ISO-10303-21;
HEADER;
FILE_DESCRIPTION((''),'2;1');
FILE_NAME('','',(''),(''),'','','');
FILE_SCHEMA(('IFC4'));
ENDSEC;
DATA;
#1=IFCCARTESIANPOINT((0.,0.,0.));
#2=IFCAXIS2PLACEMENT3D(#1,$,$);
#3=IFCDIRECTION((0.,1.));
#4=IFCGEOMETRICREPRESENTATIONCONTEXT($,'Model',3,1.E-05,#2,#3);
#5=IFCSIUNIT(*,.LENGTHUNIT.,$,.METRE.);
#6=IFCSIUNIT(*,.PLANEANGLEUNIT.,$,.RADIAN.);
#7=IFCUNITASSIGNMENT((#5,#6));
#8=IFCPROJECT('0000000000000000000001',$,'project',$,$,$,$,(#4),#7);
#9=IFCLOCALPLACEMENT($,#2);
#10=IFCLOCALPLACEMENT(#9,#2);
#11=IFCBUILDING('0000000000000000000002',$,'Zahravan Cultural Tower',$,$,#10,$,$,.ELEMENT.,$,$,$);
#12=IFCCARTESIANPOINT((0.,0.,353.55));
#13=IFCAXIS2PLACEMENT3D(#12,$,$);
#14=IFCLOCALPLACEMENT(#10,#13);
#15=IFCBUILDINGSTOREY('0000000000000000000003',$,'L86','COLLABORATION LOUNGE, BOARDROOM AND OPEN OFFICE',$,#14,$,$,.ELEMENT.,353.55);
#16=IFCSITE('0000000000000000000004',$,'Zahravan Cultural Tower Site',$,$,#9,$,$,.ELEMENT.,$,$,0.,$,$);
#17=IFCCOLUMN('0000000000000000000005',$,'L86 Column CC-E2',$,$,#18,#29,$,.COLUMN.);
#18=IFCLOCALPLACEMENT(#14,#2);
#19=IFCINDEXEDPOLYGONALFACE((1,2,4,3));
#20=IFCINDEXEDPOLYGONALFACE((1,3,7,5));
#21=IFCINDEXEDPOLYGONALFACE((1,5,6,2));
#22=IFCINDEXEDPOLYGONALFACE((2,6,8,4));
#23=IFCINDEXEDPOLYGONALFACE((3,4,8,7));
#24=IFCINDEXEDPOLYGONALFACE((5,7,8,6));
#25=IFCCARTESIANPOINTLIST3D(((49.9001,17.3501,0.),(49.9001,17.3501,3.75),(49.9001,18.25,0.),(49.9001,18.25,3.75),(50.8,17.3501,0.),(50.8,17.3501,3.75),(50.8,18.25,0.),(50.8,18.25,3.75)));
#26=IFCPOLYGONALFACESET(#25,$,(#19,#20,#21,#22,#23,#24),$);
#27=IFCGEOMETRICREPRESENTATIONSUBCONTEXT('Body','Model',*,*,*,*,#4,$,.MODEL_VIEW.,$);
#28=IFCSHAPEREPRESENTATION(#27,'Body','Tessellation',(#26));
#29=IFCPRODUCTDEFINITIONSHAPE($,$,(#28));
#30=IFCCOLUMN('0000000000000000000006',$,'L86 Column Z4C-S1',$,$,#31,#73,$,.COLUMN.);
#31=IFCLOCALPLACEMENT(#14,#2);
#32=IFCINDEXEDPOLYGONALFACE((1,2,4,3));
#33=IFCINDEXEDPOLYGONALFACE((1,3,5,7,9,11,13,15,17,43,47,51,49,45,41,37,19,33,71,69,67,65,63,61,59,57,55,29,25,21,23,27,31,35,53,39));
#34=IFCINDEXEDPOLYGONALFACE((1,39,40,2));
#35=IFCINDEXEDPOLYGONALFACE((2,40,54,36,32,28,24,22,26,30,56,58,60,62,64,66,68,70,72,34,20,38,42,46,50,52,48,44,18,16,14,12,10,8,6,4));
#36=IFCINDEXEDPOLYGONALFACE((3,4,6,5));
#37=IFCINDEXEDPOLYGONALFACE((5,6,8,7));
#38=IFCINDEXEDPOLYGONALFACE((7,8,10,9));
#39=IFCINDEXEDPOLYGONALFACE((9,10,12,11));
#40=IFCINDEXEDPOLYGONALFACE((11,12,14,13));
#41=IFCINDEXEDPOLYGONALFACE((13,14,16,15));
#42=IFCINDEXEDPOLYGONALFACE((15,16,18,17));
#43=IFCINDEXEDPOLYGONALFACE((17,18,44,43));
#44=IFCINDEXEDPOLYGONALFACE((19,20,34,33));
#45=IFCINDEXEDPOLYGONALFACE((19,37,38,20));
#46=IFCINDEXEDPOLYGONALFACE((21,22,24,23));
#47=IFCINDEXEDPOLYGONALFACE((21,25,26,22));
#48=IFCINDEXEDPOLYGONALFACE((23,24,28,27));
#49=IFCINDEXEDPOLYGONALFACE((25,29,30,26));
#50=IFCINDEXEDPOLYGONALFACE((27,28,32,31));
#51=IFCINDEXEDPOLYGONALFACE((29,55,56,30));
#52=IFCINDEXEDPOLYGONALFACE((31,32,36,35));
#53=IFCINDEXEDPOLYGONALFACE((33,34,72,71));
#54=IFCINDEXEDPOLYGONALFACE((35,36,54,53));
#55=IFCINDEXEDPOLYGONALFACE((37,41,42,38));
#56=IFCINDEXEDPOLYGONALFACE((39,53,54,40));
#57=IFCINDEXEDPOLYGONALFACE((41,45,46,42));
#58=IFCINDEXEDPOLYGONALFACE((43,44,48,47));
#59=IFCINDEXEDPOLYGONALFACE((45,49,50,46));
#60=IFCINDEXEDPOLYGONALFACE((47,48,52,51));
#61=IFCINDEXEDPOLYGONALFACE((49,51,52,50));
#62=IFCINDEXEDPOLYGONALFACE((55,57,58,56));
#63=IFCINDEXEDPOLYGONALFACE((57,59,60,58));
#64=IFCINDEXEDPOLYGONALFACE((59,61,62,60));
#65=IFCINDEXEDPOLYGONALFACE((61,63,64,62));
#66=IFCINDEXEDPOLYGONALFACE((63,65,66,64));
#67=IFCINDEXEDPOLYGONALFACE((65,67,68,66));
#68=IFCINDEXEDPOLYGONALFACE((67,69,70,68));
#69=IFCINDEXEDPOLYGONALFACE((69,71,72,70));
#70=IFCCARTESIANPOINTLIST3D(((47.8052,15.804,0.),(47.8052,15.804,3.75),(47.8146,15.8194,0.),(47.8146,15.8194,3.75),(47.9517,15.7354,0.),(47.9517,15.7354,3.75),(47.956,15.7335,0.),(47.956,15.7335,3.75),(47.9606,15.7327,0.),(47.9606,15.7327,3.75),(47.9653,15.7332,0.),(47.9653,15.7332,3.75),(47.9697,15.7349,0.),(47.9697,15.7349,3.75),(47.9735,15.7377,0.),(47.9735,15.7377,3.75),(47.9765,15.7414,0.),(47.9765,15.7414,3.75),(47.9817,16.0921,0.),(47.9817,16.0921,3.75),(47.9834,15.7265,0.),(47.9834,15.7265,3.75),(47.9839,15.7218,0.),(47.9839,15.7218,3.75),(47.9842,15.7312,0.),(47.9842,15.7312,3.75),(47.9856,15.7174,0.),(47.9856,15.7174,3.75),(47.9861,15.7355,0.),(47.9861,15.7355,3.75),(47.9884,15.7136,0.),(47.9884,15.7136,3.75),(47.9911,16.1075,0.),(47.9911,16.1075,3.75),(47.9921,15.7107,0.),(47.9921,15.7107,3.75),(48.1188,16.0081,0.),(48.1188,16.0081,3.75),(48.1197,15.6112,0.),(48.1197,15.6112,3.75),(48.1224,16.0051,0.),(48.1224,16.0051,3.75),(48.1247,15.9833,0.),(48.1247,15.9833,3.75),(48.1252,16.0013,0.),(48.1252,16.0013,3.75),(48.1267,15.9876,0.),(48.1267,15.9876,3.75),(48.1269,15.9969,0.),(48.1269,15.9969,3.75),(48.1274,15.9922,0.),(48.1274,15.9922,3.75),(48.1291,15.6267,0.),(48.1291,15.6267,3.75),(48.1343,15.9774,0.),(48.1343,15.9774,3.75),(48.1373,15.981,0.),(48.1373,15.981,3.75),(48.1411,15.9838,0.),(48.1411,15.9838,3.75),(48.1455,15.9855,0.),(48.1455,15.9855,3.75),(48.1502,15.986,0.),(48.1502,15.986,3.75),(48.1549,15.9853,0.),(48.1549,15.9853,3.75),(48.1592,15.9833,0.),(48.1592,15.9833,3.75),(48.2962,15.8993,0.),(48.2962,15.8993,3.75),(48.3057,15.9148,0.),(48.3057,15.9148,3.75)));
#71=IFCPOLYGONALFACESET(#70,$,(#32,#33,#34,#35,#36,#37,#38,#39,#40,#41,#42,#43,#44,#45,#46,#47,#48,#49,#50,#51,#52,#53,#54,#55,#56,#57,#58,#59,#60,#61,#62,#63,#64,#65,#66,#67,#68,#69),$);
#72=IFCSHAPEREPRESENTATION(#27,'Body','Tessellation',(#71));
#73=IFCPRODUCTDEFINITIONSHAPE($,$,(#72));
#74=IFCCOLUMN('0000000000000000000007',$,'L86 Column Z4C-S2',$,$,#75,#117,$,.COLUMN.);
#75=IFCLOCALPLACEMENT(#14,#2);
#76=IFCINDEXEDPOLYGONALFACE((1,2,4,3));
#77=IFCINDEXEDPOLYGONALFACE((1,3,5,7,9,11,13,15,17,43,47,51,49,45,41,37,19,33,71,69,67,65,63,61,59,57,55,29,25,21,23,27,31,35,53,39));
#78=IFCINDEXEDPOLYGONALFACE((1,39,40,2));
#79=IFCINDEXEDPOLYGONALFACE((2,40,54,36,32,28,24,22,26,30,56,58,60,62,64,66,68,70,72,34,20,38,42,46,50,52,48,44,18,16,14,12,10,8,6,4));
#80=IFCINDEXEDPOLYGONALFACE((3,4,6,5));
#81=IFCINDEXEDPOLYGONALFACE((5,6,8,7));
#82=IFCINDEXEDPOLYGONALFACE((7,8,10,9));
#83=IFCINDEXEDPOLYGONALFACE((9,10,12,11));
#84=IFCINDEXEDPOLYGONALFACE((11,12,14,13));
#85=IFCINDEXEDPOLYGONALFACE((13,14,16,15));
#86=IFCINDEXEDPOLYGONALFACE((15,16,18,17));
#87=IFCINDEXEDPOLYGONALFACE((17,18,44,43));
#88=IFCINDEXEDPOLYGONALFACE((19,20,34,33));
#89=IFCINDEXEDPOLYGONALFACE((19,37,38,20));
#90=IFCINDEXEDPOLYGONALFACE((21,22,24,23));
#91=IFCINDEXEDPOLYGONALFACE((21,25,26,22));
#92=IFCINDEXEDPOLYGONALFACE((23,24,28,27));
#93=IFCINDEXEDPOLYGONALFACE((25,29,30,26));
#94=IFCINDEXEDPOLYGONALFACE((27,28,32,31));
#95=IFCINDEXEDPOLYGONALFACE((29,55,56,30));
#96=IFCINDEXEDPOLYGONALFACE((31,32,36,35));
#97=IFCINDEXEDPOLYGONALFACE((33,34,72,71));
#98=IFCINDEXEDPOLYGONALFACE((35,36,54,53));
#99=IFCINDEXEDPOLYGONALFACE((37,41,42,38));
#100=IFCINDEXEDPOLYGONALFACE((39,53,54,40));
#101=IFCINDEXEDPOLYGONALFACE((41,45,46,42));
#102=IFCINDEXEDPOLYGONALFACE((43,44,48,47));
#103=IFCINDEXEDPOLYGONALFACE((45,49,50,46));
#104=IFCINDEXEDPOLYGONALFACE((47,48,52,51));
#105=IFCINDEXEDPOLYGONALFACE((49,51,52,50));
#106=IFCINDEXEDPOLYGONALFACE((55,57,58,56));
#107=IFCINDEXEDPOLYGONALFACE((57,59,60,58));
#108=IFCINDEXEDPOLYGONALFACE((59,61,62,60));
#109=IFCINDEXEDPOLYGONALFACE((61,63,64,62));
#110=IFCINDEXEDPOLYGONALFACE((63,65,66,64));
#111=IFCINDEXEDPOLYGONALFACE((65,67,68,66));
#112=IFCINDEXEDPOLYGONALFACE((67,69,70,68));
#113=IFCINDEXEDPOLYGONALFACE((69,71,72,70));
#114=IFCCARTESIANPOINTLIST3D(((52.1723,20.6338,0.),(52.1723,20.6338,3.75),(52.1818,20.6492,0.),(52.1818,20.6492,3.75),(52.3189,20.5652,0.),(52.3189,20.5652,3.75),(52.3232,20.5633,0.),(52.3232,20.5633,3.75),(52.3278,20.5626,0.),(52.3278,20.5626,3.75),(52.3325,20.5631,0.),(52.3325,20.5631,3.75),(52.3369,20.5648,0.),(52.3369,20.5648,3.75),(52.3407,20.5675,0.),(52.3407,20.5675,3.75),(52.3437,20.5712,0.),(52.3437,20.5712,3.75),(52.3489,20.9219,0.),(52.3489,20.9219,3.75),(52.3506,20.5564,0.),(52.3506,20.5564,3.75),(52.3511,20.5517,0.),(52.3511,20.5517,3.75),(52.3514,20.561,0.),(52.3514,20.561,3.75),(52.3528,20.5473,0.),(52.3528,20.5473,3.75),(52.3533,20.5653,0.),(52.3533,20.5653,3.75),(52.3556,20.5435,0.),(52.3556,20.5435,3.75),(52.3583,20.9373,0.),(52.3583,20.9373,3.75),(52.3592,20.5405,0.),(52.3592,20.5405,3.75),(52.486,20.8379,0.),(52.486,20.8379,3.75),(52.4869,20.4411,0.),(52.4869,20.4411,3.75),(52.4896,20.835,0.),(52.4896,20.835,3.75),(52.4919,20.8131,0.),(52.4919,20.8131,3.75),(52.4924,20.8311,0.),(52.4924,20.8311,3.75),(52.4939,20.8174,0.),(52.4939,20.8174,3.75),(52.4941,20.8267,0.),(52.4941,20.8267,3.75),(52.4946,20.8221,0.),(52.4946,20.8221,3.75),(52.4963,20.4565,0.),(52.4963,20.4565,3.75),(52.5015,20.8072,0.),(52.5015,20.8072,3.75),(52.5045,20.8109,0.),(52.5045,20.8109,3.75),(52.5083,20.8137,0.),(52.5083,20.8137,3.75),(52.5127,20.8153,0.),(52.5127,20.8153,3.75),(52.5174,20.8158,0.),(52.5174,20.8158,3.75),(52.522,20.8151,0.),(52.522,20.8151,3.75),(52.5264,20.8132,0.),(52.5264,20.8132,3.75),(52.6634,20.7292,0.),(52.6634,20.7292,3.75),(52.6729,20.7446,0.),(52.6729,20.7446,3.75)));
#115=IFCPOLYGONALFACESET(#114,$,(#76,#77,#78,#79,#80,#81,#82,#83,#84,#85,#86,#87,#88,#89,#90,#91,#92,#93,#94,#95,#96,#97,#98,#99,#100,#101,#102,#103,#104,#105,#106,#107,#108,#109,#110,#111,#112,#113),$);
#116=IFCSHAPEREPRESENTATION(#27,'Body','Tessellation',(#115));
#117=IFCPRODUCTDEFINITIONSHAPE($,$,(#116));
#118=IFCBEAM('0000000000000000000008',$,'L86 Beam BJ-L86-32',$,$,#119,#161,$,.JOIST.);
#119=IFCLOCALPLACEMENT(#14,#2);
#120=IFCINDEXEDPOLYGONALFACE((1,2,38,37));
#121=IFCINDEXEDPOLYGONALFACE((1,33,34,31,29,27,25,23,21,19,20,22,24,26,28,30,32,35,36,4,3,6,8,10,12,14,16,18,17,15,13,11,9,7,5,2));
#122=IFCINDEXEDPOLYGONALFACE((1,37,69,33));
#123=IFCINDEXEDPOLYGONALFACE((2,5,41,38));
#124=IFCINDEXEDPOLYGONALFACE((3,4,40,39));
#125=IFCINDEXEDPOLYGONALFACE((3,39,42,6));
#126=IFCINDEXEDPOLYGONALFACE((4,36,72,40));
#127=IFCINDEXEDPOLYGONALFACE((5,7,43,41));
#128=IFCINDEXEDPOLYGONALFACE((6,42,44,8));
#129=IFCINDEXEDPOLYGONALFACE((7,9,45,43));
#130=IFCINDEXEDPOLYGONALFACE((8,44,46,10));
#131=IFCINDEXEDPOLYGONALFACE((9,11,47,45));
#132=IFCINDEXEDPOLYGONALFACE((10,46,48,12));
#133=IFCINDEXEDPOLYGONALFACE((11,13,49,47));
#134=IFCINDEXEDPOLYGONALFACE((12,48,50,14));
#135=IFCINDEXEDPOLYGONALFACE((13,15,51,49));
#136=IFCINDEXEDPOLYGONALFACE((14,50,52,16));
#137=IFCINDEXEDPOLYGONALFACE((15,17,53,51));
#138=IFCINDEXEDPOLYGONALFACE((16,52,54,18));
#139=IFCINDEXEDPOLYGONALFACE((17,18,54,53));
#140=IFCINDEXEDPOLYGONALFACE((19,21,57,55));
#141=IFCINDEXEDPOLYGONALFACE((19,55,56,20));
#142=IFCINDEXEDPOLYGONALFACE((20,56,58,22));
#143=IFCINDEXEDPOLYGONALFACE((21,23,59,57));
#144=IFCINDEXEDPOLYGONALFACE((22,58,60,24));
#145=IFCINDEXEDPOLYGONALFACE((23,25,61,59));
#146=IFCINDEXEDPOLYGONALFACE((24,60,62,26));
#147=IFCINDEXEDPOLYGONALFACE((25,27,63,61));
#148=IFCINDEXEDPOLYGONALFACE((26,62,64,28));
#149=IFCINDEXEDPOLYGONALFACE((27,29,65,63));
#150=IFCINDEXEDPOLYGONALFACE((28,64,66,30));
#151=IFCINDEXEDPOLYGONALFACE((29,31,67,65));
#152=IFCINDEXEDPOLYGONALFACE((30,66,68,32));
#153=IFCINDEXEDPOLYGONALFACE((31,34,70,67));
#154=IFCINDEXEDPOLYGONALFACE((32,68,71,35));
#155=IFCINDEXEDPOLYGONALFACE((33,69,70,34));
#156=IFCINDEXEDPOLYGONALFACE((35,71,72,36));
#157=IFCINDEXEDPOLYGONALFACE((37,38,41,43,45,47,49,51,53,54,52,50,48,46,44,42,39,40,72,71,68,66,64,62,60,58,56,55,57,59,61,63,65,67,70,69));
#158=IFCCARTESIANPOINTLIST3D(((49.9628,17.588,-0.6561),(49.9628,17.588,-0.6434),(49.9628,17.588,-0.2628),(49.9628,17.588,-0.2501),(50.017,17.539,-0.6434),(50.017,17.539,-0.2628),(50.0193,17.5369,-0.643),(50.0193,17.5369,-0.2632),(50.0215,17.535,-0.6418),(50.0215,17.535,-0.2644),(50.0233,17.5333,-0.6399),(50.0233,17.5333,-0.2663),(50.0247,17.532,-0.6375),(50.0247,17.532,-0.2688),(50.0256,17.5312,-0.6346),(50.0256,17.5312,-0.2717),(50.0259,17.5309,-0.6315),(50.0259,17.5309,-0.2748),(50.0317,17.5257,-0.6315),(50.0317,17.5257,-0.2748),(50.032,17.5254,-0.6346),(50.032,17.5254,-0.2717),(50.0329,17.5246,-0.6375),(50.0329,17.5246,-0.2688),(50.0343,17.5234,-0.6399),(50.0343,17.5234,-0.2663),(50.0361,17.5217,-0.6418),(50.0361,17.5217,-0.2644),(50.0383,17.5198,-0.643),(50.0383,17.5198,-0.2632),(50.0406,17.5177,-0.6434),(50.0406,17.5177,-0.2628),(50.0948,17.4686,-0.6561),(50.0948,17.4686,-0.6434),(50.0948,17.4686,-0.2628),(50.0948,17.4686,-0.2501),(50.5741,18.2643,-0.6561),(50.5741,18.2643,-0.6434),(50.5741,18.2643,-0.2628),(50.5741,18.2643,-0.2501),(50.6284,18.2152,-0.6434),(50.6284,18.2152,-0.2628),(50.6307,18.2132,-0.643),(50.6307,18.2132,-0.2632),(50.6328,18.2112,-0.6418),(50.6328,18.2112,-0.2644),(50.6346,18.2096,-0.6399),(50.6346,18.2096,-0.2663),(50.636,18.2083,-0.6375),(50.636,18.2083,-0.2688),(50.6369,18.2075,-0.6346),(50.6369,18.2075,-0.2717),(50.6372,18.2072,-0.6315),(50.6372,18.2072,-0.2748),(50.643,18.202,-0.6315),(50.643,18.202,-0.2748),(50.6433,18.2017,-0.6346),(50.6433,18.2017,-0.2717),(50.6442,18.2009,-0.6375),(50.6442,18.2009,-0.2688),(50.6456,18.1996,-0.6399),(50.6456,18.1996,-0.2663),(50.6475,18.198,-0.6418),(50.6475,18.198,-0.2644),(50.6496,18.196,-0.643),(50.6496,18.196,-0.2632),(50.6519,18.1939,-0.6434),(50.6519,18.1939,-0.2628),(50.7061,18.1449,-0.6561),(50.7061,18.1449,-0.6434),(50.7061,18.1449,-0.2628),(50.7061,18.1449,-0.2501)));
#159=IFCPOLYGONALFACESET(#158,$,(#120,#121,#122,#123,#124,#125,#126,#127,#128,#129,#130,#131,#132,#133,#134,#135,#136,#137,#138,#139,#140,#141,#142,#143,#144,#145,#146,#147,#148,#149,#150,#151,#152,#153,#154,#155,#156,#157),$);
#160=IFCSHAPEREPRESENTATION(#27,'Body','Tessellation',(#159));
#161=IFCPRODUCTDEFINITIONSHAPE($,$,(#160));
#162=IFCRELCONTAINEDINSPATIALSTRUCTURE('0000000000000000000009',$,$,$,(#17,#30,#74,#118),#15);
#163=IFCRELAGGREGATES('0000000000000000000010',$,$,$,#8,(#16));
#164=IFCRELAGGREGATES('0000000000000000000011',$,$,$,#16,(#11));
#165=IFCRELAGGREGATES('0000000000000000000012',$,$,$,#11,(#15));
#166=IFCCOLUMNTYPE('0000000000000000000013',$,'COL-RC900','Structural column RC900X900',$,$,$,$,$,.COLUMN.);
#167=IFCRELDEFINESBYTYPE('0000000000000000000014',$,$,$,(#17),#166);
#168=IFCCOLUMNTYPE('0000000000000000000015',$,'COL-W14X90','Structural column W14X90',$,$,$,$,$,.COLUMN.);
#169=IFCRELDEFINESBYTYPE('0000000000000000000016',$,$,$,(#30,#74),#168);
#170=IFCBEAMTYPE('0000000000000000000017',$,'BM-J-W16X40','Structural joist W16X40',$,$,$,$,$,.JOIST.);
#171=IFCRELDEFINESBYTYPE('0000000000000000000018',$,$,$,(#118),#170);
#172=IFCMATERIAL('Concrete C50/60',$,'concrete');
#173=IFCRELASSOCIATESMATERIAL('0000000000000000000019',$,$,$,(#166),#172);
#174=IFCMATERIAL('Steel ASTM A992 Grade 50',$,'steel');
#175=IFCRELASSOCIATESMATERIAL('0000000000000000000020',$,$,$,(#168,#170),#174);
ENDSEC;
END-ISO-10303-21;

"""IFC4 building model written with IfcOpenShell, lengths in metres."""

from ifc_helpers import new_model, si_unit, direction, frame, origin, origin_2d, place, context, subcontext, project, spatial, rectangle, i_section, extrude, source, transform, mapped, material, material_profile, profile_set, type_object, element, save


model = new_model("IFC4")

# Units and contexts
model_context = context("Model", 3, precision=1e-05, world=origin(), true_north=direction((0.0, 1.0)))
body_context = subcontext(model_context, "Body", "Model", "MODEL_VIEW")
ifc_project = project(units=[si_unit("LENGTHUNIT", "METRE"), si_unit("PLANEANGLEUNIT", "RADIAN")], contexts=[model_context])

# Site, building, storey
site_placement = place(None, origin())
site = spatial("IfcSite", under=ifc_project, at=site_placement, Name="Zahravan Cultural Tower Site", CompositionType="ELEMENT", RefElevation=0.0)
building_placement = place(site_placement, origin())
building = spatial("IfcBuilding", under=site, at=building_placement, Name="Zahravan Cultural Tower", CompositionType="ELEMENT")
storey_placement = place(building_placement, frame((0.0, 0.0, 353.55)))
storey = spatial("IfcBuildingStorey", under=building, at=storey_placement, Name="L86", Description="COLLABORATION LOUNGE, BOARDROOM AND OPEN OFFICE", CompositionType="ELEMENT", Elevation=353.55)

# Columns
ifc_material_1 = material(Name="Concrete C50/60", Category="concrete")
ifc_material_profile_1 = material_profile(ifc_material_1, rectangle(XDim=0.8999, YDim=0.8999, at=origin_2d()), Name="RC900X900")
ifc_profile_set_1 = profile_set([ifc_material_profile_1], Name="Concrete C50/60")
column_type_1 = type_object("IfcColumnType", Name="COL-RC900", Description="Structural column RC900X900", PredefinedType="COLUMN", material=ifc_profile_set_1)
shared_shape_1 = source(origin(), body_context, "Body", "SweptSolid", [
    extrude(rectangle(XDim=0.8999, YDim=0.8999, at=origin_2d()), origin(), (0.0, 0.0, 1.0), 3.75),
])
column_placement = place(storey_placement, frame((50.3501, 17.8, 0.0), z_axis=(0.0, 0.0, 1.0), x_axis=(1.0, 0.0, 0.0)))
element("IfcColumn", 1, at=column_placement, inside=storey, type_object=column_type_1, Name="L86 Column CC-E2", PredefinedType="COLUMN", context=body_context, shape_type="MappedRepresentation", body=[
    mapped(shared_shape_1, transform((0.0, 0.0, 0.0), x_axis=(1.0, 0.0, 0.0), y_axis=(0.0, 1.0, 0.0), z_axis=(0.0, 0.0, 1.0), scale=1.0)),
])
ifc_material_2 = material(Name="Steel ASTM A992 Grade 50", Category="steel")
ifc_material_profile_2 = material_profile(ifc_material_2, i_section(OverallWidth=0.3689, OverallDepth=0.356, WebThickness=0.0112, FlangeThickness=0.0181, FilletRadius=0.0181, at=origin_2d()), Name="W14X90")
ifc_profile_set_2 = profile_set([ifc_material_profile_2], Name="Steel ASTM A992 Grade 50")
column_type_2 = type_object("IfcColumnType", Name="COL-W14X90", Description="Structural column W14X90", PredefinedType="COLUMN", material=ifc_profile_set_2)
shared_shape_2 = source(origin(), body_context, "Body", "SweptSolid", [
    extrude(i_section(OverallWidth=0.3689, OverallDepth=0.356, WebThickness=0.0112, FlangeThickness=0.0181, FilletRadius=0.0181, at=origin_2d()), origin(), (0.0, 0.0, 1.0), 3.75),
])
for number, where, z_axis, x_axis, name in (
    (2, (48.0554, 15.8594, 0.0), (0.0, 0.0, 1.0), (-0.85264, 0.522499, 0.0), "L86 Column Z4C-S1"),
    (3, (52.4226, 20.6892, 0.0), (0.0, 0.0, 1.0), (-0.85264, 0.522499, 0.0), "L86 Column Z4C-S2"),
):
    element("IfcColumn", number, at=place(storey_placement, frame(where, z_axis=z_axis, x_axis=x_axis)), inside=storey, type_object=column_type_2, Name=name, PredefinedType="COLUMN", context=body_context, shape_type="MappedRepresentation", body=[
        mapped(shared_shape_2, transform((0.0, 0.0, 0.0), x_axis=(1.0, 0.0, 0.0), y_axis=(0.0, 1.0, 0.0), z_axis=(0.0, 0.0, 1.0), scale=1.0)),
    ])

# Beam
ifc_material_profile_3 = material_profile(ifc_material_2, i_section(OverallWidth=0.178, OverallDepth=0.406, WebThickness=0.0078, FlangeThickness=0.0127, FilletRadius=0.012, at=origin_2d()), Name="W16X40")
ifc_profile_set_3 = profile_set([ifc_material_profile_3], Name="Steel ASTM A992 Grade 50")
beam_type_1 = type_object("IfcBeamType", Name="BM-J-W16X40", Description="Structural joist W16X40", PredefinedType="JOIST", material=ifc_profile_set_3)
shared_shape_3 = source(origin(), body_context, "Body", "SweptSolid", [
    extrude(i_section(OverallWidth=0.178, OverallDepth=0.406, WebThickness=0.0078, FlangeThickness=0.0127, FilletRadius=0.012, at=origin_2d()), origin(), (0.0, 0.0, 1.0), 0.9116),
])
beam_1_placement = place(storey_placement, frame((50.0288, 17.5283, -0.4531), z_axis=(0.670591, 0.741828, 0.0), x_axis=(-0.741828, 0.670591, 0.0)))
element("IfcBeam", 4, at=beam_1_placement, inside=storey, type_object=beam_type_1, Name="L86 Beam BJ-L86-32", PredefinedType="JOIST", context=body_context, shape_type="MappedRepresentation", body=[
    mapped(shared_shape_3, transform((0.0, 0.0, 0.0), x_axis=(1.0, 0.0, 0.0), y_axis=(0.0, 1.0, 0.0), z_axis=(0.0, 0.0, 1.0), scale=1.0)),
])

save(model, "model.ifc")
